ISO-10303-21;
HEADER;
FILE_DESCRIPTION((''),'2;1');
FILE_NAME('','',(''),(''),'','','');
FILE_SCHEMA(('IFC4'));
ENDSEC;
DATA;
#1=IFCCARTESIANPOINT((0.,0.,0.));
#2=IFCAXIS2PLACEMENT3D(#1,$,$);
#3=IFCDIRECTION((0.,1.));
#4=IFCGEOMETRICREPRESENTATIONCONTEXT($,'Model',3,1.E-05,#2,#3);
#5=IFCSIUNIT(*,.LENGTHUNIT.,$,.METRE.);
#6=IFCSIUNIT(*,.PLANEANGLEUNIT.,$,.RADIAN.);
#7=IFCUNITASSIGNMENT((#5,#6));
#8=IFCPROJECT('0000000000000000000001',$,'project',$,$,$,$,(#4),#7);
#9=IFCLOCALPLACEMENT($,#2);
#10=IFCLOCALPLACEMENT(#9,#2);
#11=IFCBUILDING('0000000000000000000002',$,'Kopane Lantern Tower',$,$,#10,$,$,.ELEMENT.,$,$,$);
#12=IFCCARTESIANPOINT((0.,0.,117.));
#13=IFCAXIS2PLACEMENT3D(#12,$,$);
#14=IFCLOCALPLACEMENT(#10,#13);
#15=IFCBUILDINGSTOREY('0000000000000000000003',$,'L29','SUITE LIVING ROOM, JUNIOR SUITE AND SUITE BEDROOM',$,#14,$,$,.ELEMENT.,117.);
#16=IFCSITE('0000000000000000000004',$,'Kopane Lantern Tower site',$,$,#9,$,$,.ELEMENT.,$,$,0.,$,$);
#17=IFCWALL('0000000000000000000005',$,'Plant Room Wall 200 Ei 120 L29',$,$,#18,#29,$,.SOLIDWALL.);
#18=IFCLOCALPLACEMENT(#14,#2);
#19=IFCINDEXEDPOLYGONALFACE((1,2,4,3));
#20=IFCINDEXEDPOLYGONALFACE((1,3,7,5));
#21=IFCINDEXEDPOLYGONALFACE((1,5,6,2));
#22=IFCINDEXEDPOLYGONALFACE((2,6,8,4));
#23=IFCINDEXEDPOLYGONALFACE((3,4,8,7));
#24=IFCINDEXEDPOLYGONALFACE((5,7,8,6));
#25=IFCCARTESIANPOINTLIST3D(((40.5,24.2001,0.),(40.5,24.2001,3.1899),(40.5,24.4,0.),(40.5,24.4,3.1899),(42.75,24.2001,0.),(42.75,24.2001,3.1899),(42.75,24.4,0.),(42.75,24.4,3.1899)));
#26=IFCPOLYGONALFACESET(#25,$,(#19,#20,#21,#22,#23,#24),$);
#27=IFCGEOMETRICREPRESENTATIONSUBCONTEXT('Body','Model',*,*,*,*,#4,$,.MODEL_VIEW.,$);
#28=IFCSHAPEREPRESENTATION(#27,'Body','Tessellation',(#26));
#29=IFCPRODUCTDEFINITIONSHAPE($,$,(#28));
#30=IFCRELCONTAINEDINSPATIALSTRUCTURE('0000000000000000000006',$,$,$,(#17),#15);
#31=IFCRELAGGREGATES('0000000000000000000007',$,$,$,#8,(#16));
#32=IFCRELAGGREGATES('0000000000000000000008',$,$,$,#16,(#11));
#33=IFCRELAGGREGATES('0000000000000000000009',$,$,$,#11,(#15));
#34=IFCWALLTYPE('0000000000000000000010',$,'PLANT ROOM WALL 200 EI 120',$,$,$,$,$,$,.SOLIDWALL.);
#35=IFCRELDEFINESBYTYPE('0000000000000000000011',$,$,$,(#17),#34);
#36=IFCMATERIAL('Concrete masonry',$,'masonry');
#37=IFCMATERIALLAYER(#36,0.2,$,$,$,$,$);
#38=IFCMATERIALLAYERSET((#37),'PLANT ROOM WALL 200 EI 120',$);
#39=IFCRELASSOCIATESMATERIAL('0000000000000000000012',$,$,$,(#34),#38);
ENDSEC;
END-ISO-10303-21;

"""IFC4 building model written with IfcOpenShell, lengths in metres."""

from ifc_helpers import new_model, si_unit, direction, frame, frame_2d, origin, place, context, subcontext, project, spatial, rectangle, extrude, material, layer, layer_set, type_object, element, save


model = new_model("IFC4")

# Units and contexts
model_context = context("Model", 3, precision=1e-05, world=origin(), true_north=direction((0.0, 1.0)))
body_context = subcontext(model_context, "Body", "Model", "MODEL_VIEW")
ifc_project = project(units=[si_unit("LENGTHUNIT", "METRE"), si_unit("PLANEANGLEUNIT", "RADIAN")], contexts=[model_context])

# Site, building, storey
site_placement = place(None, origin())
site = spatial("IfcSite", under=ifc_project, at=site_placement, Name="Kopane Lantern Tower site", CompositionType="ELEMENT", RefElevation=0.0)
building_placement = place(site_placement, origin())
building = spatial("IfcBuilding", under=site, at=building_placement, Name="Kopane Lantern Tower", CompositionType="ELEMENT")
storey_placement = place(building_placement, frame((0.0, 0.0, 117.0)))
storey = spatial("IfcBuildingStorey", under=building, at=storey_placement, Name="L29", Description="SUITE LIVING ROOM, JUNIOR SUITE AND SUITE BEDROOM", CompositionType="ELEMENT", Elevation=117.0)

# Wall
ifc_material_1 = material(Name="Concrete masonry", Category="masonry")
ifc_layer_1 = layer(ifc_material_1, 0.2)
ifc_layer_set_1 = layer_set([ifc_layer_1], Name="PLANT ROOM WALL 200 EI 120")
wall_type_1 = type_object("IfcWallType", Name="PLANT ROOM WALL 200 EI 120", PredefinedType="SOLIDWALL", material=ifc_layer_set_1)
wall_1_placement = place(storey_placement, frame((40.5, 24.3, 0.0), z_axis=(0.0, 0.0, 1.0), x_axis=(1.0, 0.0, 0.0)))
element("IfcWall", 1, at=wall_1_placement, inside=storey, type_object=wall_type_1, Name="Plant Room Wall 200 Ei 120 L29", PredefinedType="SOLIDWALL", context=body_context, shape_type="SweptSolid", body=[
    extrude(rectangle(XDim=2.25, YDim=0.2, at=frame_2d((1.125, 0.0))), origin(), (0.0, 0.0, 1.0), 3.1899),
])

save(model, "model.ifc")
